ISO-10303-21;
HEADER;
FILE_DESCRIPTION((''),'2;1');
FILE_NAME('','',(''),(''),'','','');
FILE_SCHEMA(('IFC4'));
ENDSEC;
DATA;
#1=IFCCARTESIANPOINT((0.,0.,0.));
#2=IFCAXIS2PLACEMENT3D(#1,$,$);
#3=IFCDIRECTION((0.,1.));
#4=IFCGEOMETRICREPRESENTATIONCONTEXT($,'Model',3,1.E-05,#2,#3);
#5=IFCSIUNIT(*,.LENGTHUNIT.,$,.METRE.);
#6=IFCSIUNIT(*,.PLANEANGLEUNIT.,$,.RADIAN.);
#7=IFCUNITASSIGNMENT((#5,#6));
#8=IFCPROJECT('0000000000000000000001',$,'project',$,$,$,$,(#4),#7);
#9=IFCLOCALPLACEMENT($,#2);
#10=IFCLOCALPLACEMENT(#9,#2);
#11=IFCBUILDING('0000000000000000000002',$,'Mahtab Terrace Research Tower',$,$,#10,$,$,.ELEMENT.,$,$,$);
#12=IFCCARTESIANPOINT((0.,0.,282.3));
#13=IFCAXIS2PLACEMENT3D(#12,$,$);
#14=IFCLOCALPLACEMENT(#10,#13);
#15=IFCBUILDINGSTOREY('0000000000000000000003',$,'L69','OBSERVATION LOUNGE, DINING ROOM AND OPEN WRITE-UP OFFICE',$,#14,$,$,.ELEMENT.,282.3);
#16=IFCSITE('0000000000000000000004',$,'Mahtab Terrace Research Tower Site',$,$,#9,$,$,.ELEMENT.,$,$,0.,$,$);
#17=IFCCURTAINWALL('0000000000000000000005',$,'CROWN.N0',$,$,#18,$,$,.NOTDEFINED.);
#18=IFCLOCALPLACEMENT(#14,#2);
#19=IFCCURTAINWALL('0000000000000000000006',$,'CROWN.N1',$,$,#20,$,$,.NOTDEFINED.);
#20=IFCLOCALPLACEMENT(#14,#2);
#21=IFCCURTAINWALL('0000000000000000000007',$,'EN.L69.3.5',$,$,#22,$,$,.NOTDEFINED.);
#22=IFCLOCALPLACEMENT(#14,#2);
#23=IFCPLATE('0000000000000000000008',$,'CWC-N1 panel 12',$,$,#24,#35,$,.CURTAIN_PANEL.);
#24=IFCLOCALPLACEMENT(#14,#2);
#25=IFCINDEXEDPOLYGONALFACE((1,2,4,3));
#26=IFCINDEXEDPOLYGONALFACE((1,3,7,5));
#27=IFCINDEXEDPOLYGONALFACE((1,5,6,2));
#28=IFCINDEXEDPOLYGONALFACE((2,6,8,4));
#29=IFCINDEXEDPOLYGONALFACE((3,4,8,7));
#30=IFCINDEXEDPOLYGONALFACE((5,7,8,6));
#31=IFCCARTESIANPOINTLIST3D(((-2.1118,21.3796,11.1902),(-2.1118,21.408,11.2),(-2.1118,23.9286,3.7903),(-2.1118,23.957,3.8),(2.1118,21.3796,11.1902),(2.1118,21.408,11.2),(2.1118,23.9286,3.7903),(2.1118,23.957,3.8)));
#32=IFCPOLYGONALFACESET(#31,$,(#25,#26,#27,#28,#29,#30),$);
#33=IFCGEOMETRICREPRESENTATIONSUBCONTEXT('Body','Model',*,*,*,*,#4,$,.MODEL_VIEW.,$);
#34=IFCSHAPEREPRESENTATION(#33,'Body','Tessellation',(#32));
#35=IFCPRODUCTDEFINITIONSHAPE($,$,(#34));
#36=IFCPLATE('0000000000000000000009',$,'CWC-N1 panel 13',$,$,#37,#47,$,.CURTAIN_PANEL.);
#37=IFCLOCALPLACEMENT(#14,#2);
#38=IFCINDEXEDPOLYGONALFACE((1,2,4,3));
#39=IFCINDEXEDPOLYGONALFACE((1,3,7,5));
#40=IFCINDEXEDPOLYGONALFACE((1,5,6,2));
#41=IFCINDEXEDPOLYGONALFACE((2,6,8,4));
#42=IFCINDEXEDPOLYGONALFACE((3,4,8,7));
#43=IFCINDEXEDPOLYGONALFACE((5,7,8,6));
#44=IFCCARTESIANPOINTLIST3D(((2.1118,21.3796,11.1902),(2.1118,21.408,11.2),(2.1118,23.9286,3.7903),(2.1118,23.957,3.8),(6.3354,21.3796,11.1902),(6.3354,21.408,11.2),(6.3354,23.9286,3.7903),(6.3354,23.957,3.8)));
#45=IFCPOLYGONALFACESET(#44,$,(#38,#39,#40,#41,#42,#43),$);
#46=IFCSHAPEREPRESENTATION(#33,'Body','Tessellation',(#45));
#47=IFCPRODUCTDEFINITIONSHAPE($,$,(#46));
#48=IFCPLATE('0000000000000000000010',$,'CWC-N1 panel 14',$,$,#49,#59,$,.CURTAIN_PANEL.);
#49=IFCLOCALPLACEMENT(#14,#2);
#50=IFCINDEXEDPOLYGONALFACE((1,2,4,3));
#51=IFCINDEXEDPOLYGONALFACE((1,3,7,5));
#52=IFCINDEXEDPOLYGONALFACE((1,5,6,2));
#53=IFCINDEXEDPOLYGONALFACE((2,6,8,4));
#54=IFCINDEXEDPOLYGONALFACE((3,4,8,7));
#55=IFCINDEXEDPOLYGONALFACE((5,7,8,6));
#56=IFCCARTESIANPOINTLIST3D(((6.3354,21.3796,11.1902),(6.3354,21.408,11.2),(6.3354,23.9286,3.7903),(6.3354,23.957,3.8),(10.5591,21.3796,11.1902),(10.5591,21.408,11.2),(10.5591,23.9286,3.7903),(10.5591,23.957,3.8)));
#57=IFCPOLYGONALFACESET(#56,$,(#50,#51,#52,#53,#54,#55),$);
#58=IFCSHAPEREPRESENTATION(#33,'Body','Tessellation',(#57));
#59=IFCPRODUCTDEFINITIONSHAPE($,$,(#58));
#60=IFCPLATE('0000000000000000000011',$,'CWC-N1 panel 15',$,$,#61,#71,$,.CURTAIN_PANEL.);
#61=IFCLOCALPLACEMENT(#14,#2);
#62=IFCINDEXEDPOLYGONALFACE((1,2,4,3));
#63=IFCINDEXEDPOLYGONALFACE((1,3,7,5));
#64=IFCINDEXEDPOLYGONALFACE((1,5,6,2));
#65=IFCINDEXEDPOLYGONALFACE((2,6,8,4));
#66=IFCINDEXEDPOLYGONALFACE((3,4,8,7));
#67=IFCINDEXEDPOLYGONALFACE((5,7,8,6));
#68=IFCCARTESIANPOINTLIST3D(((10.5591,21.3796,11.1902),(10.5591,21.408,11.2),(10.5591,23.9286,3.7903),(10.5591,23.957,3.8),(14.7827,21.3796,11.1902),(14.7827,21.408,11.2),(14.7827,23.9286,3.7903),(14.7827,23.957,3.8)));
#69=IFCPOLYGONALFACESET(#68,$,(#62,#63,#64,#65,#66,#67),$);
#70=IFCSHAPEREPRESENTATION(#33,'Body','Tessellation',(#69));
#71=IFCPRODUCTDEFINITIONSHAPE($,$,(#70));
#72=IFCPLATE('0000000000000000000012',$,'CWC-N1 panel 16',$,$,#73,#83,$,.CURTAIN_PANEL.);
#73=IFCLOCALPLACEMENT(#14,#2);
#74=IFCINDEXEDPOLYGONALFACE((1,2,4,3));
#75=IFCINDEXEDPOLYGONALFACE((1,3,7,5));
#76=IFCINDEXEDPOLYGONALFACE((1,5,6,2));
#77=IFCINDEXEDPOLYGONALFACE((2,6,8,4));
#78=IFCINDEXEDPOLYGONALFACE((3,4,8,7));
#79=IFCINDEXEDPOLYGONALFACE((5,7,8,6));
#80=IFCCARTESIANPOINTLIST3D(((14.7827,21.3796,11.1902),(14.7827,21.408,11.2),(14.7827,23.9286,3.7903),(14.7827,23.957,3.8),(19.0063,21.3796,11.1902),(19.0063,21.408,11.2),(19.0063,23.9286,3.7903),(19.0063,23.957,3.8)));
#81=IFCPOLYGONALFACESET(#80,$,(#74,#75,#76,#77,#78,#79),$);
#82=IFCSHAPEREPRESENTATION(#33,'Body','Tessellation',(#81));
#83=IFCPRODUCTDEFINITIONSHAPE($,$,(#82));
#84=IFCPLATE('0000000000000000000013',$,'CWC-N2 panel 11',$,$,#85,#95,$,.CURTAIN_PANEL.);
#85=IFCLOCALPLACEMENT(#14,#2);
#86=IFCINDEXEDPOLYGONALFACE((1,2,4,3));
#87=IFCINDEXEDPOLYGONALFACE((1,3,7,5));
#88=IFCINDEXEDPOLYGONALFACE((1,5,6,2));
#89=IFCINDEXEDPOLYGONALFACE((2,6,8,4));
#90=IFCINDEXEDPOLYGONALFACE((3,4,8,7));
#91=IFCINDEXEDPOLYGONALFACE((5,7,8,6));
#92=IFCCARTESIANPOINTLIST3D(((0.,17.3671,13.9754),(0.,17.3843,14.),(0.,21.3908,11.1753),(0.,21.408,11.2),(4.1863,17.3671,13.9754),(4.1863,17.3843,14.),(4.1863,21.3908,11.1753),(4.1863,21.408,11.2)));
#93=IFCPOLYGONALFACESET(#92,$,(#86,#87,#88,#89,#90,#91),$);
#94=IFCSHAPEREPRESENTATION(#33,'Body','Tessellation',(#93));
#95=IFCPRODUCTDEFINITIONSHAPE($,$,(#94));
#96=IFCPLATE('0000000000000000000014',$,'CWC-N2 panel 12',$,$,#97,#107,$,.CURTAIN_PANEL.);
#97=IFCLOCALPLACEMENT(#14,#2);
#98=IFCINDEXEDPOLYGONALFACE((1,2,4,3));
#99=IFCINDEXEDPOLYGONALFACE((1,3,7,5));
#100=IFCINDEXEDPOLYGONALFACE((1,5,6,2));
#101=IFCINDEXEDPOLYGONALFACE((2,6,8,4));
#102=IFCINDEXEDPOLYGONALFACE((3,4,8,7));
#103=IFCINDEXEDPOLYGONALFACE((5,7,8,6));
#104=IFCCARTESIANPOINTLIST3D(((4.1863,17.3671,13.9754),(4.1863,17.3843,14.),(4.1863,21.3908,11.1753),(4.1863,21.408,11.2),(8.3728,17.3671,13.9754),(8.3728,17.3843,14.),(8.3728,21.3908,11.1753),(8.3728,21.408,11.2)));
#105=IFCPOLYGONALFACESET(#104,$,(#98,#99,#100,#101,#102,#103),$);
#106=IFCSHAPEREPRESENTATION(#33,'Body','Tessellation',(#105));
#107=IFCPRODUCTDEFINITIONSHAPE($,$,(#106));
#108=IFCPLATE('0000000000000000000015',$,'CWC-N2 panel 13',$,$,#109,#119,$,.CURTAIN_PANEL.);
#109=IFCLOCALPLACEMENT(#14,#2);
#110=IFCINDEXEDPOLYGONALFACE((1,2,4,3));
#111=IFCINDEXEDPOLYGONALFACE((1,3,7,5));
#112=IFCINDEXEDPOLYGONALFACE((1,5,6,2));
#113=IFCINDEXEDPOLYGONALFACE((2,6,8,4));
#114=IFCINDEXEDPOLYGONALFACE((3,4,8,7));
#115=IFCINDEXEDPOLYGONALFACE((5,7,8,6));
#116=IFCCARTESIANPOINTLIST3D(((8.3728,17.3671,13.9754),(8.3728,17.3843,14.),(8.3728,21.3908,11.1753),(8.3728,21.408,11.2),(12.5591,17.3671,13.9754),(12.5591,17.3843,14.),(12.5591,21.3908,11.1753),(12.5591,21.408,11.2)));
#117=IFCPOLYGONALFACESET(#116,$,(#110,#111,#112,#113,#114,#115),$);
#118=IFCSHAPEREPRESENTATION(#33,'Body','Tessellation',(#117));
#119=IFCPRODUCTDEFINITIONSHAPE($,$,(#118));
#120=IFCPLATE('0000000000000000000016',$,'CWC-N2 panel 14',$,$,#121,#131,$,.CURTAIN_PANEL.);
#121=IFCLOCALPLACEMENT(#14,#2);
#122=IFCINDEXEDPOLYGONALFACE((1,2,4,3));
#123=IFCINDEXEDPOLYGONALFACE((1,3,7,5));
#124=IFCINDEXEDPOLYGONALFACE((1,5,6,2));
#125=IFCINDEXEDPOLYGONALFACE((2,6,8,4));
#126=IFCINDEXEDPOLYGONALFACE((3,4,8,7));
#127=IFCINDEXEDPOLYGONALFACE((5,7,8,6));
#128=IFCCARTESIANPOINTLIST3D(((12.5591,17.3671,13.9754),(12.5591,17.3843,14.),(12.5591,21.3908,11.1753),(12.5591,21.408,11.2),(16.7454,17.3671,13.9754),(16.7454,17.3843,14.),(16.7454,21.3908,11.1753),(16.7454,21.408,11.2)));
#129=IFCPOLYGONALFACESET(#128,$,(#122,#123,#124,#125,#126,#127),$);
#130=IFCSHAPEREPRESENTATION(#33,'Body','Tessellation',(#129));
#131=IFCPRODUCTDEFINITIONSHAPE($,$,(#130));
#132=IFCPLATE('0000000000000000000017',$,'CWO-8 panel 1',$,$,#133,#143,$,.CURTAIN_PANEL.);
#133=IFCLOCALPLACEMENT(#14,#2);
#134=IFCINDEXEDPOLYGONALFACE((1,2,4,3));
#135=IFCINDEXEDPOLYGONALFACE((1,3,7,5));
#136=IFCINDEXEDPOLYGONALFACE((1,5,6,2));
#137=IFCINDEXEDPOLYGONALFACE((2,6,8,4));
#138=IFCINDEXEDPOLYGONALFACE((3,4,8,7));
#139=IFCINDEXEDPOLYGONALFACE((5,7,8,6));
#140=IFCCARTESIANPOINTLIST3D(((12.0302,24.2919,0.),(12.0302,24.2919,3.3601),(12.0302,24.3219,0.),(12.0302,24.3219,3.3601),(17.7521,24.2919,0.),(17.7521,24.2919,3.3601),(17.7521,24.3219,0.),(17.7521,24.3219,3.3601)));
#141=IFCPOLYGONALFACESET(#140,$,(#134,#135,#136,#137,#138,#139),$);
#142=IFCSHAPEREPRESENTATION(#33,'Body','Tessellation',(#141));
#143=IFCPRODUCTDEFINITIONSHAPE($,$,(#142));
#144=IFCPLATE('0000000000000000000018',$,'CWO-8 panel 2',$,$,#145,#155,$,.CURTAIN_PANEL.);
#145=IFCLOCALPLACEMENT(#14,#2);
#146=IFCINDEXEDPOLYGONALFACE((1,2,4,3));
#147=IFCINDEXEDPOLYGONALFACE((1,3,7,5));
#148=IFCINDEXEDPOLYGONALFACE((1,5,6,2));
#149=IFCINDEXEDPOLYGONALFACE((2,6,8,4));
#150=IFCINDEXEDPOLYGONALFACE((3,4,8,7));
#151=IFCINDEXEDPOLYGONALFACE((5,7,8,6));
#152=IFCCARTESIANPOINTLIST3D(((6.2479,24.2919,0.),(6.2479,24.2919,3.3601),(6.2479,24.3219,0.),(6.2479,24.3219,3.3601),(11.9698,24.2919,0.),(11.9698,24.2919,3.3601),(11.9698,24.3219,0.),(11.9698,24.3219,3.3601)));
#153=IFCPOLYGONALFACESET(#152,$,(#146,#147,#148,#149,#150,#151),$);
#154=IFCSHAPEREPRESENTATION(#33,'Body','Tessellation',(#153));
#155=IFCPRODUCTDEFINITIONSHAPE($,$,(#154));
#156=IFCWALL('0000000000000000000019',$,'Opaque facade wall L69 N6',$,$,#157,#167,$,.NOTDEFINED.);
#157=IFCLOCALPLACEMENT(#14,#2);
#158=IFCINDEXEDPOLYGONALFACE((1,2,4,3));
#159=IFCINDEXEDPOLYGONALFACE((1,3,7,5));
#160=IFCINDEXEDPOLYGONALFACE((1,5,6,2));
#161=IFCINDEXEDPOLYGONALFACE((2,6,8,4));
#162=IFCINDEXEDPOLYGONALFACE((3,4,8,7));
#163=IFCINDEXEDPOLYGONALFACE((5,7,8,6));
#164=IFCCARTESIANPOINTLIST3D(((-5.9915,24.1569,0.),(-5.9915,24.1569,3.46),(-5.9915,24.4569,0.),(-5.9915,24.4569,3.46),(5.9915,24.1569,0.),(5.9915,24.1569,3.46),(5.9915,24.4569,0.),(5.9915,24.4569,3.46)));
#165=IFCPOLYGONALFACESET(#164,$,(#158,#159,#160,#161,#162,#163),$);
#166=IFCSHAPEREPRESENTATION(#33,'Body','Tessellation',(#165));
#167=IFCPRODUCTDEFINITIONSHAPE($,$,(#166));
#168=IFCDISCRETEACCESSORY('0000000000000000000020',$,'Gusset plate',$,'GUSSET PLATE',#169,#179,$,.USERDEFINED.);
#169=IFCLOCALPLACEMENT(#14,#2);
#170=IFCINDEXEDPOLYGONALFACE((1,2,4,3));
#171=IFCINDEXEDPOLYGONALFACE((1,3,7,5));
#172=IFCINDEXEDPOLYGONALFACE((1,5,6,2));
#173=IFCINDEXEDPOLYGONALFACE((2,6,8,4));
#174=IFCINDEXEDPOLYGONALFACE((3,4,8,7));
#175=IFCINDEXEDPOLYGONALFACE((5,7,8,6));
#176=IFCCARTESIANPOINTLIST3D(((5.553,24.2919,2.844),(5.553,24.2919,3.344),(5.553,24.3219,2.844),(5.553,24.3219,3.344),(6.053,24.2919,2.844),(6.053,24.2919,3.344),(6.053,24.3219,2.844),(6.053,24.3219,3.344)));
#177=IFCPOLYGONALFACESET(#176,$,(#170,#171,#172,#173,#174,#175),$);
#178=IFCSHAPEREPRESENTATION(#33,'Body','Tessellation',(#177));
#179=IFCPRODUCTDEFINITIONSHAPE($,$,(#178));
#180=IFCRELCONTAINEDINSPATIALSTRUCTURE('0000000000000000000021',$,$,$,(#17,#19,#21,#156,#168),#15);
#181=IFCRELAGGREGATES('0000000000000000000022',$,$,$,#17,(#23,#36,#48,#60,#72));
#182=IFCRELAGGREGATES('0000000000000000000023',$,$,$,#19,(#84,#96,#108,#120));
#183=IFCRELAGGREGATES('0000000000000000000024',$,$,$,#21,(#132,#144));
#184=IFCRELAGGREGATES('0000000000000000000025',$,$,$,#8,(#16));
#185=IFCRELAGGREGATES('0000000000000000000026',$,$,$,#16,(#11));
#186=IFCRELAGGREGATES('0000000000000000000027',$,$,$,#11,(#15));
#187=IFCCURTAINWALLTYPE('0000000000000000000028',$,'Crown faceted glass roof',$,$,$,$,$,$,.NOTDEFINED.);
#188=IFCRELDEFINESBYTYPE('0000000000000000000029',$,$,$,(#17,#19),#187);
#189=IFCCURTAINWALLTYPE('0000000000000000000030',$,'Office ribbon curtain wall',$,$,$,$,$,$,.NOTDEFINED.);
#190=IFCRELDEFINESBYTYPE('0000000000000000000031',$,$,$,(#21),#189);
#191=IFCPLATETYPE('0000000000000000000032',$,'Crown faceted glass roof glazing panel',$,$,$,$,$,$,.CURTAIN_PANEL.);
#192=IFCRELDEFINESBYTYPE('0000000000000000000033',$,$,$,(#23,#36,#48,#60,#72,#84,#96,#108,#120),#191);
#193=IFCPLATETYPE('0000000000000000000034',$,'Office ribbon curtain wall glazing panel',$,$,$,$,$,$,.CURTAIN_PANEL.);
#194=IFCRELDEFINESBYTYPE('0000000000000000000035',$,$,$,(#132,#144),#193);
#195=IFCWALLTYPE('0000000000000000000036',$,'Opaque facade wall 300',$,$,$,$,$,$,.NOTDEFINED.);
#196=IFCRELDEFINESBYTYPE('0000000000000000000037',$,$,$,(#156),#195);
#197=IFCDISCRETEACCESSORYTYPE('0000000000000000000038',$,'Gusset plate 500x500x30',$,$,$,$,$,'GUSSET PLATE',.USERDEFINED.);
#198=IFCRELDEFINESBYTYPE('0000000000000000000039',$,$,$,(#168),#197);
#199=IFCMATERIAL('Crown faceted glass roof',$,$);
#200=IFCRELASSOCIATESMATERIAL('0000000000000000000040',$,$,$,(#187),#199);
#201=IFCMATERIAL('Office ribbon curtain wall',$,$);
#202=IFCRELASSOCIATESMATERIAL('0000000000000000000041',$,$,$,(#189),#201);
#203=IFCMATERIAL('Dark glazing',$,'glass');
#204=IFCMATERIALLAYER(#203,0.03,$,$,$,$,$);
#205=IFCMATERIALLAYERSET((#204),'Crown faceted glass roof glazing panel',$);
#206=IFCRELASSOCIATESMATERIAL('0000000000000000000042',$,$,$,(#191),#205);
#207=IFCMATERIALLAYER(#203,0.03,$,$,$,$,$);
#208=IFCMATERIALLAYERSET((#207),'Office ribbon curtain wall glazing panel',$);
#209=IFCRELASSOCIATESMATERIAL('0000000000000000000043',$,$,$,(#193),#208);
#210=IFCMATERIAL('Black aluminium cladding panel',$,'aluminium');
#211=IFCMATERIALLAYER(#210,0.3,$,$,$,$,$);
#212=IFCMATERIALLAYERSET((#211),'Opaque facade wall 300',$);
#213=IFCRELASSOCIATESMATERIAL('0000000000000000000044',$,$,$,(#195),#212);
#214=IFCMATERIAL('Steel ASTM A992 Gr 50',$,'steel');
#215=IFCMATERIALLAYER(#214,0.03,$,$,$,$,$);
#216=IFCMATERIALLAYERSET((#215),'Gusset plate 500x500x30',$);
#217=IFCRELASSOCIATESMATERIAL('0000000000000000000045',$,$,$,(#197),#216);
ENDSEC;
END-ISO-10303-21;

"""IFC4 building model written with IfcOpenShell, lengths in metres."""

from ifc_helpers import new_model, si_unit, direction, frame, frame_2d, origin, origin_2d, place, context, subcontext, project, spatial, polyline, rectangle, outline, extrude, material, layer, layer_set, type_object, element, aggregate, save


model = new_model("IFC4")

# Units and contexts
model_context = context("Model", 3, precision=1e-05, world=origin(), true_north=direction((0.0, 1.0)))
body_context = subcontext(model_context, "Body", "Model", "MODEL_VIEW")
ifc_project = project(units=[si_unit("LENGTHUNIT", "METRE"), si_unit("PLANEANGLEUNIT", "RADIAN")], contexts=[model_context])

# Site, building, storey
site_placement = place(None, origin())
site = spatial("IfcSite", under=ifc_project, at=site_placement, Name="Mahtab Terrace Research Tower Site", CompositionType="ELEMENT", RefElevation=0.0)
building_placement = place(site_placement, origin())
building = spatial("IfcBuilding", under=site, at=building_placement, Name="Mahtab Terrace Research Tower", CompositionType="ELEMENT")
storey_placement = place(building_placement, frame((0.0, 0.0, 282.3)))
storey = spatial("IfcBuildingStorey", under=building, at=storey_placement, Name="L69", Description="OBSERVATION LOUNGE, DINING ROOM AND OPEN WRITE-UP OFFICE", CompositionType="ELEMENT", Elevation=282.3)

# Shared definitions
ifc_material_1 = material(Name="Steel ASTM A992 Gr 50", Category="steel")

# Curtain walls
ifc_material_2 = material(Name="Crown faceted glass roof")
curtain_wall_type_1 = type_object("IfcCurtainWallType", Name="Crown faceted glass roof", PredefinedType="NOTDEFINED", material=ifc_material_2)
curtain_wall_1_placement = place(storey_placement, origin())
curtain_wall_1 = element("IfcCurtainWall", 1, at=curtain_wall_1_placement, inside=storey, type_object=curtain_wall_type_1, Name="CROWN.N0", PredefinedType="NOTDEFINED")
curtain_wall_2_placement = place(storey_placement, origin())
curtain_wall_2 = element("IfcCurtainWall", 2, at=curtain_wall_2_placement, inside=storey, type_object=curtain_wall_type_1, Name="CROWN.N1", PredefinedType="NOTDEFINED")

# Shared definitions
ifc_material_3 = material(Name="Office ribbon curtain wall")
curtain_wall_type_2 = type_object("IfcCurtainWallType", Name="Office ribbon curtain wall", PredefinedType="NOTDEFINED", material=ifc_material_3)

# Curtain wall
curtain_wall_3_placement = place(storey_placement, origin())
curtain_wall_3 = element("IfcCurtainWall", 3, at=curtain_wall_3_placement, inside=storey, type_object=curtain_wall_type_2, Name="EN.L69.3.5", PredefinedType="NOTDEFINED")

# Plates
ifc_material_4 = material(Name="Dark glazing", Category="glass")
ifc_layer_1 = layer(ifc_material_4, 0.03)
ifc_layer_set_1 = layer_set([ifc_layer_1], Name="Crown faceted glass roof glazing panel")
plate_type_1 = type_object("IfcPlateType", Name="Crown faceted glass roof glazing panel", PredefinedType="CURTAIN_PANEL", material=ifc_layer_set_1)
plate_1_placement = place(storey_placement, frame((2.1118, 21.408, 11.2), z_axis=(0.0, 0.945476, 0.325692), x_axis=(0.0, 0.325692, -0.945476)))
plate_1 = element("IfcPlate", 4, at=plate_1_placement, type_object=plate_type_1, Name="CWC-N1 panel 12", PredefinedType="CURTAIN_PANEL", context=body_context, shape_type="SweptSolid", body=[
    extrude(outline(polyline([(0.0, 0.0), (7.8266, 0.0), (7.8266, 4.2236), (0.0, 4.2236), (0.0, 0.0)])), origin(), (0.0, 0.0, -1.0), 0.03),
])
plate_2_placement = place(storey_placement, frame((6.3354, 21.408, 11.2), z_axis=(0.0, 0.945476, 0.325692), x_axis=(0.0, 0.325692, -0.945476)))
plate_2 = element("IfcPlate", 5, at=plate_2_placement, type_object=plate_type_1, Name="CWC-N1 panel 13", PredefinedType="CURTAIN_PANEL", context=body_context, shape_type="SweptSolid", body=[
    extrude(outline(polyline([(0.0, 0.0), (7.8266, 0.0), (7.8266, 4.2236), (0.0, 4.2236), (0.0, 0.0)])), origin(), (0.0, 0.0, -1.0), 0.03),
])
plate_3_placement = place(storey_placement, frame((10.5591, 21.408, 11.2), z_axis=(0.0, 0.945476, 0.325692), x_axis=(0.0, 0.325692, -0.945476)))
plate_3 = element("IfcPlate", 6, at=plate_3_placement, type_object=plate_type_1, Name="CWC-N1 panel 14", PredefinedType="CURTAIN_PANEL", context=body_context, shape_type="SweptSolid", body=[
    extrude(outline(polyline([(0.0, 0.0), (7.8266, 0.0), (7.8266, 4.2236), (0.0, 4.2236), (0.0, 0.0)])), origin(), (0.0, 0.0, -1.0), 0.03),
])
plate_4_placement = place(storey_placement, frame((14.7827, 21.408, 11.2), z_axis=(0.0, 0.945476, 0.325692), x_axis=(0.0, 0.325692, -0.945476)))
plate_4 = element("IfcPlate", 7, at=plate_4_placement, type_object=plate_type_1, Name="CWC-N1 panel 15", PredefinedType="CURTAIN_PANEL", context=body_context, shape_type="SweptSolid", body=[
    extrude(outline(polyline([(0.0, 0.0), (7.8266, 0.0), (7.8266, 4.2236), (0.0, 4.2236), (0.0, 0.0)])), origin(), (0.0, 0.0, -1.0), 0.03),
])
plate_5_placement = place(storey_placement, frame((19.0063, 21.408, 11.2), z_axis=(0.0, 0.945476, 0.325692), x_axis=(0.0, 0.325692, -0.945476)))
plate_5 = element("IfcPlate", 8, at=plate_5_placement, type_object=plate_type_1, Name="CWC-N1 panel 16", PredefinedType="CURTAIN_PANEL", context=body_context, shape_type="SweptSolid", body=[
    extrude(outline(polyline([(0.0, 0.0), (7.8266, 0.0), (7.8266, 4.2236), (0.0, 4.2236), (0.0, 0.0)])), origin(), (0.0, 0.0, -1.0), 0.03),
])
aggregate(curtain_wall_1, [plate_1, plate_2, plate_3, plate_4, plate_5])
plate_6_placement = place(storey_placement, frame((4.1863, 17.3843, 14.0), z_axis=(0.0, 0.571197, 0.820813), x_axis=(0.0, 0.820813, -0.571197)))
plate_6 = element("IfcPlate", 9, at=plate_6_placement, type_object=plate_type_1, Name="CWC-N2 panel 11", PredefinedType="CURTAIN_PANEL", context=body_context, shape_type="SweptSolid", body=[
    extrude(outline(polyline([(0.0, 0.0), (4.9021, 0.0), (4.9021, 4.1863), (0.0, 4.1863), (0.0, 0.0)])), origin(), (0.0, 0.0, -1.0), 0.03),
])
plate_7_placement = place(storey_placement, frame((8.3728, 17.3843, 14.0), z_axis=(0.0, 0.571197, 0.820813), x_axis=(0.0, 0.820813, -0.571197)))
plate_7 = element("IfcPlate", 10, at=plate_7_placement, type_object=plate_type_1, Name="CWC-N2 panel 12", PredefinedType="CURTAIN_PANEL", context=body_context, shape_type="SweptSolid", body=[
    extrude(outline(polyline([(0.0, 0.0), (4.9021, 0.0), (4.9021, 4.1865), (0.0, 4.1865), (0.0, 0.0)])), origin(), (0.0, 0.0, -1.0), 0.03),
])
plate_8_placement = place(storey_placement, frame((12.5591, 17.3843, 14.0), z_axis=(0.0, 0.571197, 0.820813), x_axis=(0.0, 0.820813, -0.571197)))
plate_8 = element("IfcPlate", 11, at=plate_8_placement, type_object=plate_type_1, Name="CWC-N2 panel 13", PredefinedType="CURTAIN_PANEL", context=body_context, shape_type="SweptSolid", body=[
    extrude(outline(polyline([(0.0, 0.0), (4.9021, 0.0), (4.9021, 4.1863), (0.0, 4.1863), (0.0, 0.0)])), origin(), (0.0, 0.0, -1.0), 0.03),
])
plate_9_placement = place(storey_placement, frame((16.7454, 17.3843, 14.0), z_axis=(0.0, 0.571197, 0.820813), x_axis=(0.0, 0.820813, -0.571197)))
plate_9 = element("IfcPlate", 12, at=plate_9_placement, type_object=plate_type_1, Name="CWC-N2 panel 14", PredefinedType="CURTAIN_PANEL", context=body_context, shape_type="SweptSolid", body=[
    extrude(outline(polyline([(0.0, 0.0), (4.9021, 0.0), (4.9021, 4.1863), (0.0, 4.1863), (0.0, 0.0)])), origin(), (0.0, 0.0, -1.0), 0.03),
])
aggregate(curtain_wall_2, [plate_6, plate_7, plate_8, plate_9])
ifc_layer_2 = layer(ifc_material_4, 0.03)
ifc_layer_set_2 = layer_set([ifc_layer_2], Name="Office ribbon curtain wall glazing panel")
plate_type_2 = type_object("IfcPlateType", Name="Office ribbon curtain wall glazing panel", PredefinedType="CURTAIN_PANEL", material=ifc_layer_set_2)
plate_10_placement = place(storey_placement, frame((14.8911, 24.3069, 0.0), z_axis=(0.0, 0.0, 1.0), x_axis=(-1.0, 0.0, 0.0)))
plate_10 = element("IfcPlate", 13, at=plate_10_placement, type_object=plate_type_2, Name="CWO-8 panel 1", PredefinedType="CURTAIN_PANEL", context=body_context, shape_type="SweptSolid", body=[
    extrude(rectangle(XDim=5.7219, YDim=0.03, at=origin_2d()), origin(), (0.0, 0.0, 1.0), 3.3601),
])
plate_11_placement = place(storey_placement, frame((9.1089, 24.3069, 0.0), z_axis=(0.0, 0.0, 1.0), x_axis=(-1.0, 0.0, 0.0)))
plate_11 = element("IfcPlate", 14, at=plate_11_placement, type_object=plate_type_2, Name="CWO-8 panel 2", PredefinedType="CURTAIN_PANEL", context=body_context, shape_type="SweptSolid", body=[
    extrude(rectangle(XDim=5.7219, YDim=0.03, at=origin_2d()), origin(), (0.0, 0.0, 1.0), 3.3601),
])
aggregate(curtain_wall_3, [plate_10, plate_11])

# Wall
ifc_material_5 = material(Name="Black aluminium cladding panel", Category="aluminium")
ifc_layer_3 = layer(ifc_material_5, 0.3)
ifc_layer_set_3 = layer_set([ifc_layer_3], Name="Opaque facade wall 300")
wall_type = type_object("IfcWallType", Name="Opaque facade wall 300", PredefinedType="NOTDEFINED", material=ifc_layer_set_3)
wall_placement = place(storey_placement, frame((5.9915, 24.3069, 0.0), z_axis=(0.0, 0.0, 1.0), x_axis=(-1.0, 0.0, 0.0)))
element("IfcWall", 15, at=wall_placement, inside=storey, type_object=wall_type, Name="Opaque facade wall L69 N6", PredefinedType="NOTDEFINED", context=body_context, shape_type="SweptSolid", body=[
    extrude(rectangle(XDim=11.9829, YDim=0.3, at=frame_2d((5.9915, 0.0))), origin(), (0.0, 0.0, 1.0), 3.46),
])

# Discrete accessory
ifc_layer_4 = layer(ifc_material_1, 0.03)
ifc_layer_set_4 = layer_set([ifc_layer_4], Name="Gusset plate 500x500x30")
discrete_accessory_type = type_object("IfcDiscreteAccessoryType", Name="Gusset plate 500x500x30", ElementType="GUSSET PLATE", PredefinedType="USERDEFINED", material=ifc_layer_set_4)
discrete_accessory_placement = place(storey_placement, frame((5.803, 24.3069, 2.844), z_axis=(0.0, 0.0, 1.0), x_axis=(1.0, 0.0, 0.0)))
element("IfcDiscreteAccessory", 16, at=discrete_accessory_placement, inside=storey, type_object=discrete_accessory_type, Name="Gusset plate", ObjectType="GUSSET PLATE", PredefinedType="USERDEFINED", context=body_context, shape_type="SweptSolid", body=[
    extrude(rectangle(XDim=0.5, YDim=0.03, at=origin_2d()), origin(), (0.0, 0.0, 1.0), 0.5),
])

save(model, "model.ifc")
